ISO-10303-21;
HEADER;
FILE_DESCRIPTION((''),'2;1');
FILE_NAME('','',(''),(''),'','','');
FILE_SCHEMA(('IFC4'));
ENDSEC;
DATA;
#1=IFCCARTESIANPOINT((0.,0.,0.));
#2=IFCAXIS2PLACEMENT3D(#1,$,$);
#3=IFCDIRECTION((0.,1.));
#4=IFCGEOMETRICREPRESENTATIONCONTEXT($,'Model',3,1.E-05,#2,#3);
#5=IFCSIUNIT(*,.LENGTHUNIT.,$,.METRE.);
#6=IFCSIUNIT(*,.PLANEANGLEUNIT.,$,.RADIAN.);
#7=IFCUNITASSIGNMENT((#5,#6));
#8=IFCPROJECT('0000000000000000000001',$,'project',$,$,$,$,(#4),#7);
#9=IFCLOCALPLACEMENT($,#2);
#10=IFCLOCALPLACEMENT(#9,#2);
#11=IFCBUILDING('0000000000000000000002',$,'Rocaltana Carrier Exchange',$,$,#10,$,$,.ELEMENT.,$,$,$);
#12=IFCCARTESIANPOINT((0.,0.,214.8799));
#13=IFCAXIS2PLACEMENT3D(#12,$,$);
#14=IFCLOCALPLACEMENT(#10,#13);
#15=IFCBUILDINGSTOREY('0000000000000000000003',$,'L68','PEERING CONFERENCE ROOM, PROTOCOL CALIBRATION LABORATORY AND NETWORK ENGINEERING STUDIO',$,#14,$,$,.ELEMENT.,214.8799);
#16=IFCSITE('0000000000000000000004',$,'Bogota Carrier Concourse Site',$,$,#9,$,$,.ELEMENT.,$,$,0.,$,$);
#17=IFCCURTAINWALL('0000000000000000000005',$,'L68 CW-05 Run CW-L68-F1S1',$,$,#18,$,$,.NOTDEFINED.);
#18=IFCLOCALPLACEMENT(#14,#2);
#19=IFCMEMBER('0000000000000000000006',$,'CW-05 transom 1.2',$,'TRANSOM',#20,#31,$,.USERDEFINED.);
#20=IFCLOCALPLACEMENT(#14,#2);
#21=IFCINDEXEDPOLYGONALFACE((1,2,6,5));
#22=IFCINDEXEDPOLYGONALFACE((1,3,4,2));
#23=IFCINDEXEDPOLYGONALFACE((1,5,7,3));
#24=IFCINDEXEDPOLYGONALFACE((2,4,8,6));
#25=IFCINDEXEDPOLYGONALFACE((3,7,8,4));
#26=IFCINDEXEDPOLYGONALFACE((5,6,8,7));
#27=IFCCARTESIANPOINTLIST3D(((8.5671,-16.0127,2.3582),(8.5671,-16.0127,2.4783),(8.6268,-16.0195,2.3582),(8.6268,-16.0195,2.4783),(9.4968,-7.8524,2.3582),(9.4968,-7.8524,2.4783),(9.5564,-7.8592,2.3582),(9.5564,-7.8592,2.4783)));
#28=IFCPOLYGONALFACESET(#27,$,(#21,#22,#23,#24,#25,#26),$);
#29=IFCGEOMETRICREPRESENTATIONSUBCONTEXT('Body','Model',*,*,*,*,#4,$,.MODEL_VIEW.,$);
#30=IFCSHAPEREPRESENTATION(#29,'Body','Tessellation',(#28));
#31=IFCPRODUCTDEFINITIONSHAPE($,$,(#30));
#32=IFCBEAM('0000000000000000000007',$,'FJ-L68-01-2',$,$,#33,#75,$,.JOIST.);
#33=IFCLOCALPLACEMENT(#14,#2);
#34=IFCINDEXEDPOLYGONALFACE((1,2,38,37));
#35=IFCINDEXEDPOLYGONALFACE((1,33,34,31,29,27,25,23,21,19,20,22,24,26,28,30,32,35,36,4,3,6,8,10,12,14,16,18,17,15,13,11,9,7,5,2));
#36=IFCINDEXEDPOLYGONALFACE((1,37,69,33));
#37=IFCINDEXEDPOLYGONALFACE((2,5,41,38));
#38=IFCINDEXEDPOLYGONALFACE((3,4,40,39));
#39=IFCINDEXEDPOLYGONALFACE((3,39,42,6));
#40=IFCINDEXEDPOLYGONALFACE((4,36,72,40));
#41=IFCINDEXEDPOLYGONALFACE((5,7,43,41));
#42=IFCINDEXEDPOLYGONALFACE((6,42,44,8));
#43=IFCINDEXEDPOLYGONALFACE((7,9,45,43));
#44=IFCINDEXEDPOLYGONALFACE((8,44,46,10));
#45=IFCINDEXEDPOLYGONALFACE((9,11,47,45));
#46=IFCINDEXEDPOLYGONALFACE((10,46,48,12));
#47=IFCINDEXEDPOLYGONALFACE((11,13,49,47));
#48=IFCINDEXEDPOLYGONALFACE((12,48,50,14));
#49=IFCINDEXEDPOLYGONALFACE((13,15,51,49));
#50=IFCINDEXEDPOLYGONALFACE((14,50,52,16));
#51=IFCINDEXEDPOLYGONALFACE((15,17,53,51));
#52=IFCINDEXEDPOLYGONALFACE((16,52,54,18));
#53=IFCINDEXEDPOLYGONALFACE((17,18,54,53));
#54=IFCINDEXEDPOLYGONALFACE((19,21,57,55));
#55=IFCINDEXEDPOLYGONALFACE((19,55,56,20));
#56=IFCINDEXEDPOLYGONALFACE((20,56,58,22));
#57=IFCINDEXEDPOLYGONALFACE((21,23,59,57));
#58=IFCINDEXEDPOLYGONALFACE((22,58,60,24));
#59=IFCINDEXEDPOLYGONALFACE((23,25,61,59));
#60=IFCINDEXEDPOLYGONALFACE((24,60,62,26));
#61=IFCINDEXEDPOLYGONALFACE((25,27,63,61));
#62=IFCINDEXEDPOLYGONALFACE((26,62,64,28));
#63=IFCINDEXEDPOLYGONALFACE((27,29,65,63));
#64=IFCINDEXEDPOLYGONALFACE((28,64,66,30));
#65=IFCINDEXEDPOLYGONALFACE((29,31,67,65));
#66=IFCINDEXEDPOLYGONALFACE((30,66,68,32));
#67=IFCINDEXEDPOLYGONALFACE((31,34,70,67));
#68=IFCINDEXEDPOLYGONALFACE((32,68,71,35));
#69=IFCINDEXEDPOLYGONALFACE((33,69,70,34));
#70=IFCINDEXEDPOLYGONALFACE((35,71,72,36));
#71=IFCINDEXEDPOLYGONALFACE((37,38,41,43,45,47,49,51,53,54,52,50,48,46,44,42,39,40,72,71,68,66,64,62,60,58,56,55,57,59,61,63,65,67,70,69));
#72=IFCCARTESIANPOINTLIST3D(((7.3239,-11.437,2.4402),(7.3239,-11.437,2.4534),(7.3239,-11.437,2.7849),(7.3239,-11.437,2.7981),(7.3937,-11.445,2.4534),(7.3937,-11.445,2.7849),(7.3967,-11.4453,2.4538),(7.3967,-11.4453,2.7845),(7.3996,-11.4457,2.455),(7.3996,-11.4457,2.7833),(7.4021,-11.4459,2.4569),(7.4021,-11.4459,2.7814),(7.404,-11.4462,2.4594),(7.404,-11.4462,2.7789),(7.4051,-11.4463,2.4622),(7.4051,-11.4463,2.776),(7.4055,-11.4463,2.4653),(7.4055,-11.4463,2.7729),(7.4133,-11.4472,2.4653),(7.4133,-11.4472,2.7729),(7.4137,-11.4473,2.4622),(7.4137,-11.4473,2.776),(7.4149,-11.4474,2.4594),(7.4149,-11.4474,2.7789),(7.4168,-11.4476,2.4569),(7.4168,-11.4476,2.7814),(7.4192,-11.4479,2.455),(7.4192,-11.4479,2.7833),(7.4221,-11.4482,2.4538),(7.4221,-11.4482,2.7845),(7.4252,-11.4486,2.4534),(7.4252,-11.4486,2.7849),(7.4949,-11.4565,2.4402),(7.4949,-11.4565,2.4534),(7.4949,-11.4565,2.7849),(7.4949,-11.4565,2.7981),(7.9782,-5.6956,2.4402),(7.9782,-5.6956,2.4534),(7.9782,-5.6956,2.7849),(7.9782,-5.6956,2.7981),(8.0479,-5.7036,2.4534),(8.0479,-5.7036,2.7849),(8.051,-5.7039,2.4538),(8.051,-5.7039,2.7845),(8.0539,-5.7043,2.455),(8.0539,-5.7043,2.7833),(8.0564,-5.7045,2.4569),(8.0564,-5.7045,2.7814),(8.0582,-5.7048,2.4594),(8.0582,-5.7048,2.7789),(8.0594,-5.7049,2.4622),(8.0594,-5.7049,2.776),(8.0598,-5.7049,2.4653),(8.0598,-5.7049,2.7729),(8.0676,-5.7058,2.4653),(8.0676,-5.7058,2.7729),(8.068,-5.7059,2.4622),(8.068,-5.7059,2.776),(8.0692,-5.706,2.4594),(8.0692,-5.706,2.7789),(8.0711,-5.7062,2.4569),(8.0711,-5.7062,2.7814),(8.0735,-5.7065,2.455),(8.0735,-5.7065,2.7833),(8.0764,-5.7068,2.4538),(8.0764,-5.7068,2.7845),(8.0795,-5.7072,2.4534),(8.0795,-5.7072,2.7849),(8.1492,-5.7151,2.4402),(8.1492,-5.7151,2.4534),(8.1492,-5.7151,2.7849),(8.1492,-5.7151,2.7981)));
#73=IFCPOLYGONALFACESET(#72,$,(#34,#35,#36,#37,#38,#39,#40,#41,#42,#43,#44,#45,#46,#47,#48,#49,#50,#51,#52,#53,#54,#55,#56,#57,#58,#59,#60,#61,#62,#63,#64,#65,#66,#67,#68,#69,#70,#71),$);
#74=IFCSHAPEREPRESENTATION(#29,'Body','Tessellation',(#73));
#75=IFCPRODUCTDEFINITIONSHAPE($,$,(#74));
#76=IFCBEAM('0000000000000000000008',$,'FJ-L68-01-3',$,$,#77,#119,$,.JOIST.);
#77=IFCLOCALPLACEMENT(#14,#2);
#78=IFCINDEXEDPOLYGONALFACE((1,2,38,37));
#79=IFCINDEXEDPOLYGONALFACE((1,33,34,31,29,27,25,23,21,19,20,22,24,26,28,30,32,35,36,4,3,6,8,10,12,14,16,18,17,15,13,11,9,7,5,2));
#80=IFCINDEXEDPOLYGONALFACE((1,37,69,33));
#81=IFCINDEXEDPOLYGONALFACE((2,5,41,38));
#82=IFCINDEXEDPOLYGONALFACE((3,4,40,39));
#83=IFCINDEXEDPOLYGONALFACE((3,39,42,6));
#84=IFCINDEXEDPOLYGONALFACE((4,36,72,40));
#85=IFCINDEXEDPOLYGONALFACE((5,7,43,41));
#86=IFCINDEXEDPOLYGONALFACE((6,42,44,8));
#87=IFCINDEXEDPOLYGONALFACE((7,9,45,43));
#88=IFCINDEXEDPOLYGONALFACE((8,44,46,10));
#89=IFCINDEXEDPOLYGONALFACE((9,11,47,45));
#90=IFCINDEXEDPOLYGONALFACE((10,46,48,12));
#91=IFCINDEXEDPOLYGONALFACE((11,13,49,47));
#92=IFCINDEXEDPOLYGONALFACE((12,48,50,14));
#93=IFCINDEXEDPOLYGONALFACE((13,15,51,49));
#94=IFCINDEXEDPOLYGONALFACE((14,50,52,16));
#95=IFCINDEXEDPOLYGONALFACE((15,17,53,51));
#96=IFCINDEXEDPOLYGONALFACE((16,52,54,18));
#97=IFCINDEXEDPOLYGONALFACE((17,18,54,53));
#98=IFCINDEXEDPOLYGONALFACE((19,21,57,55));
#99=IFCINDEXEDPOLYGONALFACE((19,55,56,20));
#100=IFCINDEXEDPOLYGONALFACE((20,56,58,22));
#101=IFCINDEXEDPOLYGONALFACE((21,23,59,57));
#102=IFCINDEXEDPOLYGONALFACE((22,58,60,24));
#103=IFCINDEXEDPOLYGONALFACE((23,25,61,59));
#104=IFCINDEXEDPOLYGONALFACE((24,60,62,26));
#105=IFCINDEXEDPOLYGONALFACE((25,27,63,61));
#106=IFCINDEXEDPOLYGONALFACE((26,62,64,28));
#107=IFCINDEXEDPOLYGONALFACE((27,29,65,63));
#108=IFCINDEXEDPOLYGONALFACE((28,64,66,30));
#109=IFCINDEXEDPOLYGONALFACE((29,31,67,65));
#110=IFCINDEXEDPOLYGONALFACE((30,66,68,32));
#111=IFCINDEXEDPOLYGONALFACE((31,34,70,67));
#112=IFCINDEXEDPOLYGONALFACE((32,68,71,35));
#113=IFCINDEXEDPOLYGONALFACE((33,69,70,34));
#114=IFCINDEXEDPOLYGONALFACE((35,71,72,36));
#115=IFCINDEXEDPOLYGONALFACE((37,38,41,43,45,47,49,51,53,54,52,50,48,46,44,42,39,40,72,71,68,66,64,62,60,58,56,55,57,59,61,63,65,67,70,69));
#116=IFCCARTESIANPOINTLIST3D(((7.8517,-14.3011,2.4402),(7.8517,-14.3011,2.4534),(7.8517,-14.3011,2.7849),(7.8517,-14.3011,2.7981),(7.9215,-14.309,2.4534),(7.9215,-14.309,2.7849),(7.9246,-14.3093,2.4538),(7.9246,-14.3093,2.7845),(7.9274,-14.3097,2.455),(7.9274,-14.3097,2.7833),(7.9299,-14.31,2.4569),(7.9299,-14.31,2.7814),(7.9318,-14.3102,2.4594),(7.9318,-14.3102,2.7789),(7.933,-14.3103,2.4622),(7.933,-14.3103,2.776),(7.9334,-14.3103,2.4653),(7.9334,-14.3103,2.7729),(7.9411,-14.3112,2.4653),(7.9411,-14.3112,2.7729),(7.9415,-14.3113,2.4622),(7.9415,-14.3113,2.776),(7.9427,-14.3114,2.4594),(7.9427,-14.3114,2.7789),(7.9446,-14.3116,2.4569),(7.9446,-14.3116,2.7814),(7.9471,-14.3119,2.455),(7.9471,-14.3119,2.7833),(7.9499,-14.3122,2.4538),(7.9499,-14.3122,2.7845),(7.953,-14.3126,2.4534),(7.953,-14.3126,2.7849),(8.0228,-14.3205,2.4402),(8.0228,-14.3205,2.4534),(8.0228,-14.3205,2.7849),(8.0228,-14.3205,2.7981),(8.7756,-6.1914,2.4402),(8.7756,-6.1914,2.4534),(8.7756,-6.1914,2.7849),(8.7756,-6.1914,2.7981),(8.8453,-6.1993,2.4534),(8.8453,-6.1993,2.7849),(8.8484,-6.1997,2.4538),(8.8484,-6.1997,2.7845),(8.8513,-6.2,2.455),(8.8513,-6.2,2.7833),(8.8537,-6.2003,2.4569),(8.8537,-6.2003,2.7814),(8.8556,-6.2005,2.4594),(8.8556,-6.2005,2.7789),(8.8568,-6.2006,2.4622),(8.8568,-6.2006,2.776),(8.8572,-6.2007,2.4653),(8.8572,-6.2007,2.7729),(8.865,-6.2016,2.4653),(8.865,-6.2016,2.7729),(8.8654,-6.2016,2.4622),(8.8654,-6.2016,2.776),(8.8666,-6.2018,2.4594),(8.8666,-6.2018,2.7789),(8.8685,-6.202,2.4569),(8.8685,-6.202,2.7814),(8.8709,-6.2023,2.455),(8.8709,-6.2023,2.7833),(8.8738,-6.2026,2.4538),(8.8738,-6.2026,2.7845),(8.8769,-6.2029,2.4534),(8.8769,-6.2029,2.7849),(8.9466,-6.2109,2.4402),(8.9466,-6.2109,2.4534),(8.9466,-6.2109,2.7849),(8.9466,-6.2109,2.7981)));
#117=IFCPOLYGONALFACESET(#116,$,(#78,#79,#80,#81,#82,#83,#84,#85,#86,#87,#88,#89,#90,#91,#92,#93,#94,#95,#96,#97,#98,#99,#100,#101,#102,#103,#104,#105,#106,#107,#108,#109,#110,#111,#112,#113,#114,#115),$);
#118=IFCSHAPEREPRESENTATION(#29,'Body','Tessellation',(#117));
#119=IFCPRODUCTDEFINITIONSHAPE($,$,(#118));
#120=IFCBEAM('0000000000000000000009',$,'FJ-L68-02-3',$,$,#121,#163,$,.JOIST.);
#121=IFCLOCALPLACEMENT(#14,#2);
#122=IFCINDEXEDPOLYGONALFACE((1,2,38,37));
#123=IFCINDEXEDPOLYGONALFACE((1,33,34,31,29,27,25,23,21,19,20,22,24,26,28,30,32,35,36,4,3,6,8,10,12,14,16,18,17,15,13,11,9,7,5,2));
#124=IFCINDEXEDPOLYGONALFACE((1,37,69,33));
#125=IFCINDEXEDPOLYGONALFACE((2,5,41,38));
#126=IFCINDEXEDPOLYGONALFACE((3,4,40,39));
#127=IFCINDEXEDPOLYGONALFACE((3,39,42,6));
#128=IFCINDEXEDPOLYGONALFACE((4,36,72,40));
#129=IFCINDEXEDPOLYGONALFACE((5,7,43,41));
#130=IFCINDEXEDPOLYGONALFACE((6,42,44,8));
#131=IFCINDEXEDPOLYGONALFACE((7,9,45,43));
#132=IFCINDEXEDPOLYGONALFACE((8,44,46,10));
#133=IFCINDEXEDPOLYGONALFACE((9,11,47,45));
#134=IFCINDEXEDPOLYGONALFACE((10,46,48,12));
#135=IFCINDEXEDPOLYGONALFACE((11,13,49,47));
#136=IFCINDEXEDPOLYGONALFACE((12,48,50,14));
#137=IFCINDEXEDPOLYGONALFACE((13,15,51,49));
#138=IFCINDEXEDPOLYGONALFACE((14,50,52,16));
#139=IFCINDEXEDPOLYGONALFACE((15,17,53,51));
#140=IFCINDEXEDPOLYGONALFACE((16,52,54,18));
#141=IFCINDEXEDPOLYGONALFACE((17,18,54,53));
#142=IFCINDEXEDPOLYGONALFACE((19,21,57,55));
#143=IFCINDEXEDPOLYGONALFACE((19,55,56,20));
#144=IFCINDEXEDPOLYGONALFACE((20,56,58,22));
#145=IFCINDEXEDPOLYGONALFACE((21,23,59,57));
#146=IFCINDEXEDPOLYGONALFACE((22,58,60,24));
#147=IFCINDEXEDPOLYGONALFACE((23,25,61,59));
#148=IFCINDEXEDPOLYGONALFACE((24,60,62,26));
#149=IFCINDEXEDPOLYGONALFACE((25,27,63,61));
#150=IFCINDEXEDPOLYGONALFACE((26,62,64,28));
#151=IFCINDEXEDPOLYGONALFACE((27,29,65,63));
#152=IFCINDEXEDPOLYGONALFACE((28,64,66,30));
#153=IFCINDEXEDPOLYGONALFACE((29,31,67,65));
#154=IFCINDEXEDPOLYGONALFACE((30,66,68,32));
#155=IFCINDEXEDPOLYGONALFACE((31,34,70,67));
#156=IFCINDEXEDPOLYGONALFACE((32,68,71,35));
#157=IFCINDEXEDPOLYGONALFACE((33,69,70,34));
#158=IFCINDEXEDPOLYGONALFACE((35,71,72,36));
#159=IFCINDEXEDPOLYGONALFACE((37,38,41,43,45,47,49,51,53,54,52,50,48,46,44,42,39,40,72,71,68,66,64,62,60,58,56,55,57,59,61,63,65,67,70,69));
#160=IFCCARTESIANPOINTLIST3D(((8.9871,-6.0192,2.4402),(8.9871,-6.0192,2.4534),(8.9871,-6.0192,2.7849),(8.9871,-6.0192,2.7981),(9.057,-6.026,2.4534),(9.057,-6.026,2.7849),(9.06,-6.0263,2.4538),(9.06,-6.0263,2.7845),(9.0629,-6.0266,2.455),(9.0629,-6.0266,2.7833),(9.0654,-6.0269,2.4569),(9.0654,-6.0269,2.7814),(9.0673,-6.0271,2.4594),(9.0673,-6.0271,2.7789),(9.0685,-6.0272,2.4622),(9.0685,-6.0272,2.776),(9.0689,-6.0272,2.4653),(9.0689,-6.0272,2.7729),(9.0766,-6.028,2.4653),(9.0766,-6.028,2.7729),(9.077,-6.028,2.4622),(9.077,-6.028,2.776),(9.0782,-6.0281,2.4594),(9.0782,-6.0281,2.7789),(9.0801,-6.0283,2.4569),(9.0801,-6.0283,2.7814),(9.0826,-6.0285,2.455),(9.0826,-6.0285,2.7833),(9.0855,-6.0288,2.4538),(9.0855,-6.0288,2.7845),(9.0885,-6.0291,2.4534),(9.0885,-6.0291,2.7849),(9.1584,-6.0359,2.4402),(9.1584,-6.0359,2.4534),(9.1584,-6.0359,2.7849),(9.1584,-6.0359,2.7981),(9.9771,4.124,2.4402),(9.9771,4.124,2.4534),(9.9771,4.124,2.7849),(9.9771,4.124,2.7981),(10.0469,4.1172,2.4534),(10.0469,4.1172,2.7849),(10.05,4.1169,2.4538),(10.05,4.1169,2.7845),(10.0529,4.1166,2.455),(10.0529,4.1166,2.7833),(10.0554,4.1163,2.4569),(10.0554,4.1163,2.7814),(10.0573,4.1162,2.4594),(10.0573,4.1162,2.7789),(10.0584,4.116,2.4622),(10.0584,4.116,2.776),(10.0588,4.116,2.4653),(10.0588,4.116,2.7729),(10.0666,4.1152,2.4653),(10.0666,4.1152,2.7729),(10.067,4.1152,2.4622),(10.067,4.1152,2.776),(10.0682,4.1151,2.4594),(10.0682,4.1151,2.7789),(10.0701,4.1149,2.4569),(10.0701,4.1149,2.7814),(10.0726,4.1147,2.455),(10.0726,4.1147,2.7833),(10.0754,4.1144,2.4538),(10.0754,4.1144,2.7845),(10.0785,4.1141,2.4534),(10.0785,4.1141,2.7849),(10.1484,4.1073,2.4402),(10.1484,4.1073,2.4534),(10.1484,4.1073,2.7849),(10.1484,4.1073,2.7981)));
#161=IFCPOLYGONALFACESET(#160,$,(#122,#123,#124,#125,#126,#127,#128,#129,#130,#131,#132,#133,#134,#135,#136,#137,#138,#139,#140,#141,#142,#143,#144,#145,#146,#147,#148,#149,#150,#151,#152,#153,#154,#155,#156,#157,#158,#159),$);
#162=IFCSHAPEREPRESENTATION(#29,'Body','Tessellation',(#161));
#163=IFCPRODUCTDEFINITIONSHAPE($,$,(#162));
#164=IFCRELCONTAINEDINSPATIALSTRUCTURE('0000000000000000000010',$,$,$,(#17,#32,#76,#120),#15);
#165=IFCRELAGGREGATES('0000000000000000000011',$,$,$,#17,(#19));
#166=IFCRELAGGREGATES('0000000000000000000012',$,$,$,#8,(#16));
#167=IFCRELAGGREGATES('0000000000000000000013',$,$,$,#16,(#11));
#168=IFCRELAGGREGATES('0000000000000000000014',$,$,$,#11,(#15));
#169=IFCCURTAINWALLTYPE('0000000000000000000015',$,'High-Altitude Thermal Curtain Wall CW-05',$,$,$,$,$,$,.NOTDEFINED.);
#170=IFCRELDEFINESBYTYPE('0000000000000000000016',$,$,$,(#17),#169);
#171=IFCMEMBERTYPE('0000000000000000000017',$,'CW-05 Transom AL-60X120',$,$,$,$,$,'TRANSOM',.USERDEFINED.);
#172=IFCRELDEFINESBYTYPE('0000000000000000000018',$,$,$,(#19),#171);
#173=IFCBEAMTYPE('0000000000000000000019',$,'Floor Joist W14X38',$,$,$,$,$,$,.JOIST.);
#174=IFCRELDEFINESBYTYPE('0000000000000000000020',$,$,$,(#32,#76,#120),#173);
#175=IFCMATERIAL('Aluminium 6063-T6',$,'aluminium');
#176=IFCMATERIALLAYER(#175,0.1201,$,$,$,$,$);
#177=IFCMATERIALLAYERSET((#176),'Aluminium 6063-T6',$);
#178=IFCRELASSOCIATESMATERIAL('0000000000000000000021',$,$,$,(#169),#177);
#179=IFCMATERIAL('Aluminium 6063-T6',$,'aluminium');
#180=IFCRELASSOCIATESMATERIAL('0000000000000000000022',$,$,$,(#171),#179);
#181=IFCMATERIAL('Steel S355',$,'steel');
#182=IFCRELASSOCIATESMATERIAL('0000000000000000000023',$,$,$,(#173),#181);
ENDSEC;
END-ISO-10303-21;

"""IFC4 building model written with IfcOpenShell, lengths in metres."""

from ifc_helpers import new_model, si_unit, direction, frame, origin, origin_2d, place, context, subcontext, project, spatial, rectangle, i_section, extrude, material, layer, layer_set, material_profile, profile_set, type_object, element, aggregate, save


model = new_model("IFC4")

# Units and contexts
model_context = context("Model", 3, precision=1e-05, world=origin(), true_north=direction((0.0, 1.0)))
body_context = subcontext(model_context, "Body", "Model", "MODEL_VIEW")
ifc_project = project(units=[si_unit("LENGTHUNIT", "METRE"), si_unit("PLANEANGLEUNIT", "RADIAN")], contexts=[model_context])

# Site, building, storey
site_placement = place(None, origin())
site = spatial("IfcSite", under=ifc_project, at=site_placement, Name="Bogota Carrier Concourse Site", CompositionType="ELEMENT", RefElevation=0.0)
building_placement = place(site_placement, origin())
building = spatial("IfcBuilding", under=site, at=building_placement, Name="Rocaltana Carrier Exchange", CompositionType="ELEMENT")
storey_placement = place(building_placement, frame((0.0, 0.0, 214.8799)))
storey = spatial("IfcBuildingStorey", under=building, at=storey_placement, Name="L68", Description="PEERING CONFERENCE ROOM, PROTOCOL CALIBRATION LABORATORY AND NETWORK ENGINEERING STUDIO", CompositionType="ELEMENT", Elevation=214.8799)

# Curtain wall
ifc_material_1 = material(Name="Aluminium 6063-T6", Category="aluminium")
ifc_layer_1 = layer(ifc_material_1, 0.1201)
ifc_layer_set_1 = layer_set([ifc_layer_1], Name="Aluminium 6063-T6")
curtain_wall_type = type_object("IfcCurtainWallType", Name="High-Altitude Thermal Curtain Wall CW-05", PredefinedType="NOTDEFINED", material=ifc_layer_set_1)
curtain_wall_1_placement = place(storey_placement, origin())
curtain_wall_1 = element("IfcCurtainWall", 1, at=curtain_wall_1_placement, inside=storey, type_object=curtain_wall_type, Name="L68 CW-05 Run CW-L68-F1S1", PredefinedType="NOTDEFINED")

# Member
ifc_material_2 = material(Name="Aluminium 6063-T6", Category="aluminium")
ifc_material_profile_1 = material_profile(ifc_material_2, rectangle(XDim=0.0601, YDim=0.1201, at=origin_2d()), Name="AL-60X120")
ifc_profile_set_1 = profile_set([ifc_material_profile_1], Name="Aluminium 6063-T6")
member_type_1 = type_object("IfcMemberType", Name="CW-05 Transom AL-60X120", ElementType="TRANSOM", PredefinedType="USERDEFINED", material=ifc_profile_set_1)
member_1_placement = place(storey_placement, frame((8.5969, -16.0161, 2.4182), z_axis=(0.113194, 0.993573, 0.0), x_axis=(-0.993573, 0.113194, 0.0)))
member_1 = element("IfcMember", 2, at=member_1_placement, type_object=member_type_1, Name="CW-05 transom 1.2", ObjectType="TRANSOM", PredefinedType="USERDEFINED", context=body_context, shape_type="SweptSolid", body=[
    extrude(rectangle(XDim=0.0601, YDim=0.1201, at=origin_2d()), origin(), (0.0, 0.0, 1.0), 8.2131),
])

# Beams
ifc_material_3 = material(Name="Steel S355", Category="steel")
ifc_material_profile_2 = material_profile(ifc_material_3, i_section(OverallWidth=0.1721, OverallDepth=0.3579, WebThickness=0.0078, FlangeThickness=0.0132, FilletRadius=0.012, at=origin_2d()), Name="W14X38")
ifc_profile_set_2 = profile_set([ifc_material_profile_2], Name="Steel S355")
beam_type_1 = type_object("IfcBeamType", Name="Floor Joist W14X38", PredefinedType="JOIST", material=ifc_profile_set_2)
beam_1_placement = place(storey_placement, frame((7.4094, -11.4468, 2.6191), z_axis=(0.113227, 0.993569, 0.0), x_axis=(-0.993569, 0.113227, 0.0)))
element("IfcBeam", 3, at=beam_1_placement, inside=storey, type_object=beam_type_1, Name="FJ-L68-01-2", PredefinedType="JOIST", context=body_context, shape_type="SweptSolid", body=[
    extrude(i_section(OverallWidth=0.1721, OverallDepth=0.3579, WebThickness=0.0078, FlangeThickness=0.0132, FilletRadius=0.012, at=origin_2d()), origin(), (0.0, 0.0, 1.0), 5.7786),
])
beam_2_placement = place(storey_placement, frame((7.9373, -14.3108, 2.6191), z_axis=(0.113186, 0.993574, 0.0), x_axis=(-0.993574, 0.113186, 0.0)))
element("IfcBeam", 4, at=beam_2_placement, inside=storey, type_object=beam_type_1, Name="FJ-L68-01-3", PredefinedType="JOIST", context=body_context, shape_type="SweptSolid", body=[
    extrude(i_section(OverallWidth=0.1721, OverallDepth=0.3579, WebThickness=0.0078, FlangeThickness=0.0132, FilletRadius=0.012, at=origin_2d()), origin(), (0.0, 0.0, 1.0), 8.1621),
])
beam_3_placement = place(storey_placement, frame((9.0728, -6.0276, 2.6191), z_axis=(0.097139, 0.995271, 0.0), x_axis=(-0.995271, 0.097139, 0.0)))
element("IfcBeam", 5, at=beam_3_placement, inside=storey, type_object=beam_type_1, Name="FJ-L68-02-3", PredefinedType="JOIST", context=body_context, shape_type="SweptSolid", body=[
    extrude(i_section(OverallWidth=0.1721, OverallDepth=0.3579, WebThickness=0.0078, FlangeThickness=0.0132, FilletRadius=0.012, at=origin_2d()), origin(), (0.0, 0.0, 1.0), 10.1914),
])

aggregate(curtain_wall_1, [member_1])

save(model, "model.ifc")
